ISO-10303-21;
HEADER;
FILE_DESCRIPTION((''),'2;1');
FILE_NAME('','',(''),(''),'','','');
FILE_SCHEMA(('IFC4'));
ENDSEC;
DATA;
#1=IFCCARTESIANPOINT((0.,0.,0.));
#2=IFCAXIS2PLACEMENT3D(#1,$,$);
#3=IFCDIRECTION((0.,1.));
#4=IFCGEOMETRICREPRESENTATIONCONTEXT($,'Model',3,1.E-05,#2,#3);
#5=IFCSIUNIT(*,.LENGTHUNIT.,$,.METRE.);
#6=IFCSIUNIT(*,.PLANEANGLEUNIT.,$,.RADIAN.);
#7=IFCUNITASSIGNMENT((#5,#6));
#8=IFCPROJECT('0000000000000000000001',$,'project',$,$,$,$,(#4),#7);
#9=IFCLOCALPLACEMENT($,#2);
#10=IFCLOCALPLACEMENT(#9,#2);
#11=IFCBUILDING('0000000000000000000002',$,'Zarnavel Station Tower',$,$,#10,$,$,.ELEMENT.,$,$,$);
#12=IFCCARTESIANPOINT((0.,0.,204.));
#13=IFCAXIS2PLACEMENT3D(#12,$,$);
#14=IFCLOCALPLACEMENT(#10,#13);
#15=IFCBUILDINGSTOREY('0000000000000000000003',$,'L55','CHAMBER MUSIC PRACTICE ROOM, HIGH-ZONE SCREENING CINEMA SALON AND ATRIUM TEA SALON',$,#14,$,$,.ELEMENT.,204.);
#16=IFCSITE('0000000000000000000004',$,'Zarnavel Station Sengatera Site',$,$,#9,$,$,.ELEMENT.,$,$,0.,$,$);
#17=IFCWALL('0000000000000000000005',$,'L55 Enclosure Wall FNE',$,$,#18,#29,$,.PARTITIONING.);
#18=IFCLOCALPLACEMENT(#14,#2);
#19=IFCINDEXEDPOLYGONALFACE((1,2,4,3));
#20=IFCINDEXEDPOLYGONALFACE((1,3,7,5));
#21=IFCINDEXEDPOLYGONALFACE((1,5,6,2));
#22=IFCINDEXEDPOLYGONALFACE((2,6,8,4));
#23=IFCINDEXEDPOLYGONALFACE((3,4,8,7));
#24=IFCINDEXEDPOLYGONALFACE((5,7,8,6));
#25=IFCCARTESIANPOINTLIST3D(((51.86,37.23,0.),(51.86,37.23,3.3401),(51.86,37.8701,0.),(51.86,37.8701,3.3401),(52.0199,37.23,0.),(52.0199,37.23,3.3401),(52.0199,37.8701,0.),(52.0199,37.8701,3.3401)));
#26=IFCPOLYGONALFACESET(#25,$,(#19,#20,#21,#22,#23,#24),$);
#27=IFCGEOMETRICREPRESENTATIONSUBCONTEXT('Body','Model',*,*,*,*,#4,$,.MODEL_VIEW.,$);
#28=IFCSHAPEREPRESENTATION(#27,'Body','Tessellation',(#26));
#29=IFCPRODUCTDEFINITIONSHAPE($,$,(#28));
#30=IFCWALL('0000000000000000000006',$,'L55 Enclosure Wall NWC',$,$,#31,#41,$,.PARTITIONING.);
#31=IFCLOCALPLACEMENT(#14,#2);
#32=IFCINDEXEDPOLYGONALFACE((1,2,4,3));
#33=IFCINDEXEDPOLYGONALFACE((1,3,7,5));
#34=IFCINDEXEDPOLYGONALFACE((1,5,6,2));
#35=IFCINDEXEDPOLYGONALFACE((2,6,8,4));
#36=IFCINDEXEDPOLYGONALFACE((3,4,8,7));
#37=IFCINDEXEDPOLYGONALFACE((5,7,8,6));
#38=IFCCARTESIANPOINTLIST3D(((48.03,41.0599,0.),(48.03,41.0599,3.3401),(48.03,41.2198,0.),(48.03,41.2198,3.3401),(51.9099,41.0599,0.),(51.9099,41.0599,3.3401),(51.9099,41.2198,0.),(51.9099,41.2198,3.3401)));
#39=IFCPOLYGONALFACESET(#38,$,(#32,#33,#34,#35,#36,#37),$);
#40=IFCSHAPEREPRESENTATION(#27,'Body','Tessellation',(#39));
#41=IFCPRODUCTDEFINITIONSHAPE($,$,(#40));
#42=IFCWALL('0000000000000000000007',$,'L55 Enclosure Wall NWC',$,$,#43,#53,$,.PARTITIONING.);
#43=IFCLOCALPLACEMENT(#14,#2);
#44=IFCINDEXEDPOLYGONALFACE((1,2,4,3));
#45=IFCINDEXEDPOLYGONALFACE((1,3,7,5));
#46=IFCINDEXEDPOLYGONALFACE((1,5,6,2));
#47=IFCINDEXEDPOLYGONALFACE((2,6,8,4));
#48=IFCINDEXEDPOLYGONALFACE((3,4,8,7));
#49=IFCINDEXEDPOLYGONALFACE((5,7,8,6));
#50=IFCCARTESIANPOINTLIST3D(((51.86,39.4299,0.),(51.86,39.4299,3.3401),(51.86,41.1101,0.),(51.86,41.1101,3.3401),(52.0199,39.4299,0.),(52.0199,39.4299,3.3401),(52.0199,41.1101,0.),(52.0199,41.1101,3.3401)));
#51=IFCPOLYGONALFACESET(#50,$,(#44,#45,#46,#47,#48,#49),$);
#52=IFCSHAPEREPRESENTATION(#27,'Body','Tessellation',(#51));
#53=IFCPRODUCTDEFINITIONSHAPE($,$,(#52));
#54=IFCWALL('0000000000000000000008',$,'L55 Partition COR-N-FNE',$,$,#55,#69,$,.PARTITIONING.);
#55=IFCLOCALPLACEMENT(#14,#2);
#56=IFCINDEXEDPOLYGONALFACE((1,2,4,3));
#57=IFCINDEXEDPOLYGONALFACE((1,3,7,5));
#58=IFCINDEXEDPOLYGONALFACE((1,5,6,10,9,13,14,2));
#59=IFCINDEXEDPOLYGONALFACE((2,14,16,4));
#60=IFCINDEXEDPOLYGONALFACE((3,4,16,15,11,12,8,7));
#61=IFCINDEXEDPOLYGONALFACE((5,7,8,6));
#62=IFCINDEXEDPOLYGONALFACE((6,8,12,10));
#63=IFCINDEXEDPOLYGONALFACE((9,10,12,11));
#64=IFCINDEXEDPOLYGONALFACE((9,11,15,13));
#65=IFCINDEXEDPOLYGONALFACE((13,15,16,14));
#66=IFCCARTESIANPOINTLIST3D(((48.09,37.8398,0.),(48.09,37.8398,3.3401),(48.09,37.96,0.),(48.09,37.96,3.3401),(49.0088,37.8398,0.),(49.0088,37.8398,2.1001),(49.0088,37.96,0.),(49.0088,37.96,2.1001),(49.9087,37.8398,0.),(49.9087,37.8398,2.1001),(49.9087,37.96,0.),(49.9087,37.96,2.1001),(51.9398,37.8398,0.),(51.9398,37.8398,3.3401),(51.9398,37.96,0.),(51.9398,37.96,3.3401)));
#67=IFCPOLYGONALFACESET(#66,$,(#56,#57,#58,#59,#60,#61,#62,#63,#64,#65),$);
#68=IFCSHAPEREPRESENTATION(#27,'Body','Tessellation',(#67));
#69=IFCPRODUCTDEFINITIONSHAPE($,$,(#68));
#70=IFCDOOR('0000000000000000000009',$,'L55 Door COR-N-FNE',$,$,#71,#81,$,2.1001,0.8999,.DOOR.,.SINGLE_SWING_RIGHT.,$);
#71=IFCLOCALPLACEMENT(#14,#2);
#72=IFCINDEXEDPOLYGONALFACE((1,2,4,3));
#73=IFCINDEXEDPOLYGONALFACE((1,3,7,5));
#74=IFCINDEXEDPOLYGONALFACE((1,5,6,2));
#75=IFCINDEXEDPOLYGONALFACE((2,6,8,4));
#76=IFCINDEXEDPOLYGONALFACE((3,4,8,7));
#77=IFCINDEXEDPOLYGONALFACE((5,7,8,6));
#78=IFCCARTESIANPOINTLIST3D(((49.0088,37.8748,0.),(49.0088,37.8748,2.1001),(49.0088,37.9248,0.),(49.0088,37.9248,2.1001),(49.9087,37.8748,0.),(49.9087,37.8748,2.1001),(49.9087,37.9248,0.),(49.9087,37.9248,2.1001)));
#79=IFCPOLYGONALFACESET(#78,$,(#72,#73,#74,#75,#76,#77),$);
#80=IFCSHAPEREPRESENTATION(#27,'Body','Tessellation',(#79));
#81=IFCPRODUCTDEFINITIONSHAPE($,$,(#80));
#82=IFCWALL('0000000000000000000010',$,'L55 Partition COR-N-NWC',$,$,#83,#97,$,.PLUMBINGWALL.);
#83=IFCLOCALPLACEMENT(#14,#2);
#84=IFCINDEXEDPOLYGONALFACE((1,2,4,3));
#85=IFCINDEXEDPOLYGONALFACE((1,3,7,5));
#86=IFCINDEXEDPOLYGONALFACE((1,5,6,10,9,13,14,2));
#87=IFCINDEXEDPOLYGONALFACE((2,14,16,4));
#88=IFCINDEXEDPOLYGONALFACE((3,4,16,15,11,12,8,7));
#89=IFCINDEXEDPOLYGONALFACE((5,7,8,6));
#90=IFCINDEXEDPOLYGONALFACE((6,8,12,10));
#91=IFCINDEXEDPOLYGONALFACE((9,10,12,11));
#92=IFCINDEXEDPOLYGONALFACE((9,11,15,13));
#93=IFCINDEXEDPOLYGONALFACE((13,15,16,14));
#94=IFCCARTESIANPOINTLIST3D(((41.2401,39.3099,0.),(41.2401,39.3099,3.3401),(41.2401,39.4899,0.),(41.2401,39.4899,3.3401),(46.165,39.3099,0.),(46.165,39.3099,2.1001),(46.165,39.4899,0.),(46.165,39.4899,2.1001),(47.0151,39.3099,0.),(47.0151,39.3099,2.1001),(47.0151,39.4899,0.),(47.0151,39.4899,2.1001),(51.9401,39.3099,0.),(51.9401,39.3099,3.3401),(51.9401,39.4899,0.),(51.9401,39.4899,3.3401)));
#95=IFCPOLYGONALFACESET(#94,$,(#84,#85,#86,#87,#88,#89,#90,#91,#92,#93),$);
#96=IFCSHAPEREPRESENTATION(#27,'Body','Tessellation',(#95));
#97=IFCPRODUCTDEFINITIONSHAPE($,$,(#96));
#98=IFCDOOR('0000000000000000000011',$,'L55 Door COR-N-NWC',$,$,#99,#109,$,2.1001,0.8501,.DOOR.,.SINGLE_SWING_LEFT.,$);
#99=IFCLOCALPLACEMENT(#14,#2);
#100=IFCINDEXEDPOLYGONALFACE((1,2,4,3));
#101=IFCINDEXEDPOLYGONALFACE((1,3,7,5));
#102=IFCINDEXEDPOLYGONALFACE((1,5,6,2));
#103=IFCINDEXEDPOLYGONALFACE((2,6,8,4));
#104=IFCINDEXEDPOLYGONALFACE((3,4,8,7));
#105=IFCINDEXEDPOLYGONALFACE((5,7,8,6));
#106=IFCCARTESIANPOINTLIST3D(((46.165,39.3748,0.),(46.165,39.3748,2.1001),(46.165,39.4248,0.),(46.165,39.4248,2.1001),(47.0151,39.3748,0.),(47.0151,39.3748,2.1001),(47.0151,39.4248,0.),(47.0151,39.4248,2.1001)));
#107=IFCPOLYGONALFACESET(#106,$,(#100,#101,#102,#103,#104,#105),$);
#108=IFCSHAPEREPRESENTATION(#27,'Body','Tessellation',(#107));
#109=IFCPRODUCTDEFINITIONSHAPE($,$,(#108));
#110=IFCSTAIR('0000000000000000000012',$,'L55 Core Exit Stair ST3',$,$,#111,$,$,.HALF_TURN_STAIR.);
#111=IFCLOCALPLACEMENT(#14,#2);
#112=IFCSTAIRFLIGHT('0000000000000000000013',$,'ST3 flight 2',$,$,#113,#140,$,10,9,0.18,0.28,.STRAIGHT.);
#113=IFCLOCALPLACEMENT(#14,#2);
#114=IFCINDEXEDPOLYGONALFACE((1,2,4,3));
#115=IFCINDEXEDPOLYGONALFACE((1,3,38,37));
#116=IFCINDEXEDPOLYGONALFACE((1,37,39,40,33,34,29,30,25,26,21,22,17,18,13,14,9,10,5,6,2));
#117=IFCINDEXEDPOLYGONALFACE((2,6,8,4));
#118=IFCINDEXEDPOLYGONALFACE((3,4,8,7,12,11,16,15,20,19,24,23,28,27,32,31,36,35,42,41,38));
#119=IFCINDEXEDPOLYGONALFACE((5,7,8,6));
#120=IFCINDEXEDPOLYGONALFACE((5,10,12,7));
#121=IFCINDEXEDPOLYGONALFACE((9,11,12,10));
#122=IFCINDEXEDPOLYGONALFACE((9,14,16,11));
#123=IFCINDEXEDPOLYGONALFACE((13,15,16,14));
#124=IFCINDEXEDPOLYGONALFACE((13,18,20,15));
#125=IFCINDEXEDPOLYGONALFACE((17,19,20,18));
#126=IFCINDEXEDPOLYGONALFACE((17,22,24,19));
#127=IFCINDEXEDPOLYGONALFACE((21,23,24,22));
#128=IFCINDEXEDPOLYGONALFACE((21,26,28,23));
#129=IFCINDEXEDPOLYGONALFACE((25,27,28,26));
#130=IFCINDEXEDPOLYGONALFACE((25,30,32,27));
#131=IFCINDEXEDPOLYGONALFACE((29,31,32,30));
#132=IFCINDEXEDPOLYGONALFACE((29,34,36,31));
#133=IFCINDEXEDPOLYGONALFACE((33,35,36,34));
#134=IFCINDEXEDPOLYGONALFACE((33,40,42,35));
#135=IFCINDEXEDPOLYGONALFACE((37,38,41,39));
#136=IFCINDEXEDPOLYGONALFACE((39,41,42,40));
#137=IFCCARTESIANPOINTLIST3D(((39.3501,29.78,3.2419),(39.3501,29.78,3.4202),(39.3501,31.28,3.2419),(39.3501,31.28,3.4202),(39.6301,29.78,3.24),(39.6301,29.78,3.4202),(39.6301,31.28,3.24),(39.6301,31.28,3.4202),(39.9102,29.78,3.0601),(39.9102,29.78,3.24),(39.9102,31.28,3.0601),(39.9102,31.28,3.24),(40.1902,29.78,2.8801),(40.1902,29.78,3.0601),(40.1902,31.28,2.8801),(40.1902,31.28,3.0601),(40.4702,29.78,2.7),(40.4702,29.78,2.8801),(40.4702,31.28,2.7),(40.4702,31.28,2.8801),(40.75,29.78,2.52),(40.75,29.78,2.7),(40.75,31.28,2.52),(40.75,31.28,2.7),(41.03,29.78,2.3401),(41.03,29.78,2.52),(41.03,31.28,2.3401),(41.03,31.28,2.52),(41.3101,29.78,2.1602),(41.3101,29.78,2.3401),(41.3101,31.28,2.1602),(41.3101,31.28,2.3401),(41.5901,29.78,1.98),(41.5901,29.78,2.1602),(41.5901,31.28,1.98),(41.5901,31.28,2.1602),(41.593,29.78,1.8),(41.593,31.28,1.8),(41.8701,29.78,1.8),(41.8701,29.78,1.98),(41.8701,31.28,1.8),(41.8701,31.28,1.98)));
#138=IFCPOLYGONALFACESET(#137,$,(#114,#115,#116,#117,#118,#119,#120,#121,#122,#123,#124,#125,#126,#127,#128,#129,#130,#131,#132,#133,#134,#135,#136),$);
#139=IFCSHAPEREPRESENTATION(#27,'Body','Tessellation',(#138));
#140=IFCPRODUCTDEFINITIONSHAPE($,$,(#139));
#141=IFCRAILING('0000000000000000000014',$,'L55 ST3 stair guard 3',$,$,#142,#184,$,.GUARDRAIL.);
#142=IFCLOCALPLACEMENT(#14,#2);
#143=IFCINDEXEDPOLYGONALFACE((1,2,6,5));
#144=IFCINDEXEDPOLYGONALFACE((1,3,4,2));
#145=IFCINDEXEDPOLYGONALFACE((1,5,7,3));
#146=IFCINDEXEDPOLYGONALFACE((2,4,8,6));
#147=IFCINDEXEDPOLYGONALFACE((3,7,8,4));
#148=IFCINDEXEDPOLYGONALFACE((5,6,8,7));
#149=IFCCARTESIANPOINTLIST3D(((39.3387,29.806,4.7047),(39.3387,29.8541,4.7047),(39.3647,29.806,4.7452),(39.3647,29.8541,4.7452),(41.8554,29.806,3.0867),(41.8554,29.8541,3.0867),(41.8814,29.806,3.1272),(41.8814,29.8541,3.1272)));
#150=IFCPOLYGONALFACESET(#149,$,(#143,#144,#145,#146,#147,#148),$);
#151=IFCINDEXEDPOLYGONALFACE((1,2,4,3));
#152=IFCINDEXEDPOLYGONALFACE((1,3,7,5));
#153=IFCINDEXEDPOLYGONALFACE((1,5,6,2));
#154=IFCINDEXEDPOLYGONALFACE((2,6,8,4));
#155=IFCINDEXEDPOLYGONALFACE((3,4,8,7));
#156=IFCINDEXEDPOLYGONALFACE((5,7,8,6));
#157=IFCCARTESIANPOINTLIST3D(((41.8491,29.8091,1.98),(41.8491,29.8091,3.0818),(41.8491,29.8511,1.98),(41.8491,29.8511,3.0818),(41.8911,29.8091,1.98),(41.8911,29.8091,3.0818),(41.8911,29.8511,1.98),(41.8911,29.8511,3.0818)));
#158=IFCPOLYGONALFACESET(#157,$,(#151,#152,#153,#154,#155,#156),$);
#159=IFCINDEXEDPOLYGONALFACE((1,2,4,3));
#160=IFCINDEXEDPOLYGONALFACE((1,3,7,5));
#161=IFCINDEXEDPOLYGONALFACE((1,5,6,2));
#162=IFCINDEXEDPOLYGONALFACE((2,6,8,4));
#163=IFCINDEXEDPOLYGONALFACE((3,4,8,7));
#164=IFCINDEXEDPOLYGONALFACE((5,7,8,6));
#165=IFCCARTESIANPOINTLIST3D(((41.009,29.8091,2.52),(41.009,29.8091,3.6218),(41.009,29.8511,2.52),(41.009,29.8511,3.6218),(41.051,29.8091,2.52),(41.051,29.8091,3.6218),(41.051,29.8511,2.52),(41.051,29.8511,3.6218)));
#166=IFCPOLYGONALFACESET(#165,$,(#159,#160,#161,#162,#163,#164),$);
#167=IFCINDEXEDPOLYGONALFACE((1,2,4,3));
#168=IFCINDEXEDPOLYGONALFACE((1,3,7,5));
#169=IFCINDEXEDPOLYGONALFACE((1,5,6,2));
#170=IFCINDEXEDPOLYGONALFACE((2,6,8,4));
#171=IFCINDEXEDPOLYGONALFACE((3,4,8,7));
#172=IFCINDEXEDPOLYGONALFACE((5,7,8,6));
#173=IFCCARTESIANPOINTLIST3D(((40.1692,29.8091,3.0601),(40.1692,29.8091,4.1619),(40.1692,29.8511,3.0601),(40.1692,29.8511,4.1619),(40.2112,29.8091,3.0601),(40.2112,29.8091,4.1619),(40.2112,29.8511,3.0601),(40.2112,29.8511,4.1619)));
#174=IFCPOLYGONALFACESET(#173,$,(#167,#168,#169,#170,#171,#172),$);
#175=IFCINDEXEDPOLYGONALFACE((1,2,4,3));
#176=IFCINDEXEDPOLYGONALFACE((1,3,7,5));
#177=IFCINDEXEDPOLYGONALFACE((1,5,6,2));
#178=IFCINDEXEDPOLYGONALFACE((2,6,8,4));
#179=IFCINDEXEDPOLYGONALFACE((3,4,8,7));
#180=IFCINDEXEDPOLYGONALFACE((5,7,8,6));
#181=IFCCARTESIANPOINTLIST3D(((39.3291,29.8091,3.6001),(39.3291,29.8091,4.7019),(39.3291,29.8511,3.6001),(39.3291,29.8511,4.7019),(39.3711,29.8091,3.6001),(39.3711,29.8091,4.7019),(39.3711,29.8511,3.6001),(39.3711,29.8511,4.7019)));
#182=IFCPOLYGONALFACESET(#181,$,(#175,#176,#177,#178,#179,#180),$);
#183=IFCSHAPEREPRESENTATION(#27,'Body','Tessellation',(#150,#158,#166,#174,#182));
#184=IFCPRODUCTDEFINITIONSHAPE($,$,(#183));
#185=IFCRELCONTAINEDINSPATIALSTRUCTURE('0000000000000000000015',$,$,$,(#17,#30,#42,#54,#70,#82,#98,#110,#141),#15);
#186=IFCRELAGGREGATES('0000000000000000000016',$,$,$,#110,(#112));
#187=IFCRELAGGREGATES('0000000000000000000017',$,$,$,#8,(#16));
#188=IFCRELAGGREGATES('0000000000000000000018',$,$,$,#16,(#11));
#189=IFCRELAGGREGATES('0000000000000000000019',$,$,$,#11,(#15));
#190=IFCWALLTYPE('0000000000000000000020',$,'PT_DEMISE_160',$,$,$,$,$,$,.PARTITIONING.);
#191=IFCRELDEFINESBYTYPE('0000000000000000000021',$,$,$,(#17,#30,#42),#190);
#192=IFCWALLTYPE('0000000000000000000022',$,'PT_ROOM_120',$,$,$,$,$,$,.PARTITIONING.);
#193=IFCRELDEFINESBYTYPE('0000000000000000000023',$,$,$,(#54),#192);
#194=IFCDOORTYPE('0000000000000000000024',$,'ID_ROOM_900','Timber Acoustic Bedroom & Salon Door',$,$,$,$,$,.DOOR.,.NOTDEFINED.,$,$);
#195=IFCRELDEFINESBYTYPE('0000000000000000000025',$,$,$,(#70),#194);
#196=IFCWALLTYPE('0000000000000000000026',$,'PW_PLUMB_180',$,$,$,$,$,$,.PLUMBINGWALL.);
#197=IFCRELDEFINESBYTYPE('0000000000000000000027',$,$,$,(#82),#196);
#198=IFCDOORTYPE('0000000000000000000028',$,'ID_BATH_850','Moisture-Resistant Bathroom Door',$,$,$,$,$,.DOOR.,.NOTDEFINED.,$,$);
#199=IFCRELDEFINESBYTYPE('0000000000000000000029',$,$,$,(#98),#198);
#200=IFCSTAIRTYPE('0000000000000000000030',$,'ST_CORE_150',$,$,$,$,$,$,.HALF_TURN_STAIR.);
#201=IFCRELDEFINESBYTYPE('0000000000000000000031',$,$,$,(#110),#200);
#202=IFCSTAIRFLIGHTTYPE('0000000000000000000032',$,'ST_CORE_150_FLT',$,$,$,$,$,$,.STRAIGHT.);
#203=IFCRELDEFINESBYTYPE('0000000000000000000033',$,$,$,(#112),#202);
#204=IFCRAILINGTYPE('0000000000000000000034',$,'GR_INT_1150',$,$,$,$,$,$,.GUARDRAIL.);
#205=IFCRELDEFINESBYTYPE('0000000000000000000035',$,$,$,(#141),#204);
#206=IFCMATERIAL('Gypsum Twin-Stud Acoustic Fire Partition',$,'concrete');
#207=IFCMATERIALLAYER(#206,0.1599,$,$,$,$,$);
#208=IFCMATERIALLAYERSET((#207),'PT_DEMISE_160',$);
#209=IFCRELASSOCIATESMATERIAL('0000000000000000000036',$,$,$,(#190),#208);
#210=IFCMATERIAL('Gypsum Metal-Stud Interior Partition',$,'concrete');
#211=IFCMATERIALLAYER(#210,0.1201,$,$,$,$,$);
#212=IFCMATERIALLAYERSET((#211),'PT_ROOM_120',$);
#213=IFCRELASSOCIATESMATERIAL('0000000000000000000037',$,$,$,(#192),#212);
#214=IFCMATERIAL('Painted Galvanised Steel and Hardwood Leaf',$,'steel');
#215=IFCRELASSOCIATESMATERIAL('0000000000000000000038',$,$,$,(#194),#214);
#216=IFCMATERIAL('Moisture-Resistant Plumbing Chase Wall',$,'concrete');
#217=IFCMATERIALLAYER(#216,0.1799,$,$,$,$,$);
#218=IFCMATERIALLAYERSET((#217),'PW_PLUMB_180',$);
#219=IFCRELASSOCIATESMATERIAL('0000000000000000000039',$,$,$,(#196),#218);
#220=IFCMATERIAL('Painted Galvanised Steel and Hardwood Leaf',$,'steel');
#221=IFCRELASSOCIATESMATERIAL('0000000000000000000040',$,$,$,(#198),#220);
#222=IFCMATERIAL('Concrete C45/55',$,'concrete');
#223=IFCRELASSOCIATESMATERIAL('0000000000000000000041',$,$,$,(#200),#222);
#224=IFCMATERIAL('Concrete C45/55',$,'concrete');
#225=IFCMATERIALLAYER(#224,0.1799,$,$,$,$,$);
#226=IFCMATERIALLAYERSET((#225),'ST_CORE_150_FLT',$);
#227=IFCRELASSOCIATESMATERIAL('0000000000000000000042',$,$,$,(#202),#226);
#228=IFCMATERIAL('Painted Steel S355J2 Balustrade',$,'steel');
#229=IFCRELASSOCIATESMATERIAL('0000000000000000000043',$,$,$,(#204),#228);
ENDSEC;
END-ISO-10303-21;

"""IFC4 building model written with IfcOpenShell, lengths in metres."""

from ifc_helpers import new_model, si_unit, direction, frame, frame_2d, origin, origin_2d, place, context, subcontext, project, spatial, polyline, rectangle, outline, extrude, material, layer, layer_set, type_object, element, fill, aggregate, save


model = new_model("IFC4")

# Units and contexts
model_context = context("Model", 3, precision=1e-05, world=origin(), true_north=direction((0.0, 1.0)))
body_context = subcontext(model_context, "Body", "Model", "MODEL_VIEW")
ifc_project = project(units=[si_unit("LENGTHUNIT", "METRE"), si_unit("PLANEANGLEUNIT", "RADIAN")], contexts=[model_context])

# Site, building, storey
site_placement = place(None, origin())
site = spatial("IfcSite", under=ifc_project, at=site_placement, Name="Zarnavel Station Sengatera Site", CompositionType="ELEMENT", RefElevation=0.0)
building_placement = place(site_placement, origin())
building = spatial("IfcBuilding", under=site, at=building_placement, Name="Zarnavel Station Tower", CompositionType="ELEMENT")
storey_placement = place(building_placement, frame((0.0, 0.0, 204.0)))
storey = spatial("IfcBuildingStorey", under=building, at=storey_placement, Name="L55", Description="CHAMBER MUSIC PRACTICE ROOM, HIGH-ZONE SCREENING CINEMA SALON AND ATRIUM TEA SALON", CompositionType="ELEMENT", Elevation=204.0)

# Walls
ifc_material_1 = material(Name="Gypsum Twin-Stud Acoustic Fire Partition", Category="concrete")
ifc_layer_1 = layer(ifc_material_1, 0.1599)
ifc_layer_set_1 = layer_set([ifc_layer_1], Name="PT_DEMISE_160")
wall_type_1 = type_object("IfcWallType", Name="PT_DEMISE_160", PredefinedType="PARTITIONING", material=ifc_layer_set_1)
wall_1_placement = place(storey_placement, frame((51.9399, 37.23, 0.0), z_axis=(0.0, 0.0, 1.0), x_axis=(0.0, 1.0, 0.0)))
element("IfcWall", 1, at=wall_1_placement, inside=storey, type_object=wall_type_1, Name="L55 Enclosure Wall FNE", PredefinedType="PARTITIONING", context=body_context, shape_type="SweptSolid", body=[
    extrude(rectangle(XDim=0.6401, YDim=0.1599, at=frame_2d((0.3201, 0.0))), origin(), (0.0, 0.0, 1.0), 3.3401),
])
wall_2_placement = place(storey_placement, frame((48.03, 41.1399, 0.0), z_axis=(0.0, 0.0, 1.0), x_axis=(1.0, 0.0, 0.0)))
element("IfcWall", 2, at=wall_2_placement, inside=storey, type_object=wall_type_1, Name="L55 Enclosure Wall NWC", PredefinedType="PARTITIONING", context=body_context, shape_type="SweptSolid", body=[
    extrude(rectangle(XDim=3.8799, YDim=0.1599, at=frame_2d((1.9399, 0.0))), origin(), (0.0, 0.0, 1.0), 3.3401),
])
wall_3_placement = place(storey_placement, frame((51.9399, 39.4299, 0.0), z_axis=(0.0, 0.0, 1.0), x_axis=(0.0, 1.0, 0.0)))
element("IfcWall", 3, at=wall_3_placement, inside=storey, type_object=wall_type_1, Name="L55 Enclosure Wall NWC", PredefinedType="PARTITIONING", context=body_context, shape_type="SweptSolid", body=[
    extrude(rectangle(XDim=1.6802, YDim=0.1599, at=frame_2d((0.8401, 0.0))), origin(), (0.0, 0.0, 1.0), 3.3401),
])

# Walls, openings, doors
ifc_material_2 = material(Name="Gypsum Metal-Stud Interior Partition", Category="concrete")
ifc_layer_2 = layer(ifc_material_2, 0.1201)
ifc_layer_set_2 = layer_set([ifc_layer_2], Name="PT_ROOM_120")
wall_type_2 = type_object("IfcWallType", Name="PT_ROOM_120", PredefinedType="PARTITIONING", material=ifc_layer_set_2)
wall_4_placement = place(storey_placement, frame((48.0901, 37.8999, 0.0), z_axis=(0.0, 0.0, 1.0), x_axis=(1.0, 0.0, 0.0)))
wall_4 = element("IfcWall", 4, at=wall_4_placement, inside=storey, type_object=wall_type_2, Name="L55 Partition COR-N-FNE", PredefinedType="PARTITIONING", context=body_context, shape_type="SweptSolid", body=[
    extrude(rectangle(XDim=3.8499, YDim=0.1201, at=frame_2d((1.9248, 0.0))), origin(), (0.0, 0.0, 1.0), 3.3401),
])
opening_1_placement = place(wall_4_placement, frame((0.9187, 0.0, 0.0)))
opening_1 = element("IfcOpeningElement", 5, at=opening_1_placement, cuts=wall_4, PredefinedType="OPENING", context=body_context, shape_type="SweptSolid", body=[
    extrude(rectangle(XDim=0.8999, YDim=2.1001, at=frame_2d((0.45, 1.05))), frame((0.0, 0.0701, 0.0), z_axis=(0.0, -1.0, 0.0), x_axis=(1.0, 0.0, 0.0)), (0.0, 0.0, 1.0), 0.1401),
])
ifc_material_3 = material(Name="Painted Galvanised Steel and Hardwood Leaf", Category="steel")
door_type_1 = type_object("IfcDoorType", Name="ID_ROOM_900", Description="Timber Acoustic Bedroom & Salon Door", OperationType="NOTDEFINED", PredefinedType="DOOR", material=ifc_material_3)
door_1_placement = place(opening_1_placement, origin())
door_1 = element("IfcDoor", 6, at=door_1_placement, inside=storey, type_object=door_type_1, Name="L55 Door COR-N-FNE", OperationType="SINGLE_SWING_RIGHT", OverallHeight=2.1001, OverallWidth=0.8999, PredefinedType="DOOR", context=body_context, shape_type="SweptSolid", body=[
    extrude(rectangle(XDim=0.8999, YDim=2.1001, at=frame_2d((0.45, 1.05))), frame((0.0, 0.0249, 0.0), z_axis=(0.0, -1.0, 0.0), x_axis=(1.0, 0.0, 0.0)), (0.0, 0.0, 1.0), 0.05),
])
fill(opening_1, door_1)
ifc_material_4 = material(Name="Moisture-Resistant Plumbing Chase Wall", Category="concrete")
ifc_layer_3 = layer(ifc_material_4, 0.1799)
ifc_layer_set_3 = layer_set([ifc_layer_3], Name="PW_PLUMB_180")
wall_type_3 = type_object("IfcWallType", Name="PW_PLUMB_180", PredefinedType="PLUMBINGWALL", material=ifc_layer_set_3)
wall_5_placement = place(storey_placement, frame((41.24, 39.3999, 0.0), z_axis=(0.0, 0.0, 1.0), x_axis=(1.0, 0.0, 0.0)))
wall_5 = element("IfcWall", 7, at=wall_5_placement, inside=storey, type_object=wall_type_3, Name="L55 Partition COR-N-NWC", PredefinedType="PLUMBINGWALL", context=body_context, shape_type="SweptSolid", body=[
    extrude(rectangle(XDim=10.7, YDim=0.1799, at=frame_2d((5.3501, 0.0))), origin(), (0.0, 0.0, 1.0), 3.3401),
])
opening_2_placement = place(wall_5_placement, frame((4.925, 0.0, 0.0)))
opening_2 = element("IfcOpeningElement", 8, at=opening_2_placement, cuts=wall_5, PredefinedType="OPENING", context=body_context, shape_type="SweptSolid", body=[
    extrude(rectangle(XDim=0.8501, YDim=2.1001, at=frame_2d((0.425, 1.05))), frame((0.0, 0.0999, 0.0), z_axis=(0.0, -1.0, 0.0), x_axis=(1.0, 0.0, 0.0)), (0.0, 0.0, 1.0), 0.2),
])
ifc_material_5 = material(Name="Painted Galvanised Steel and Hardwood Leaf", Category="steel")
door_type_2 = type_object("IfcDoorType", Name="ID_BATH_850", Description="Moisture-Resistant Bathroom Door", OperationType="NOTDEFINED", PredefinedType="DOOR", material=ifc_material_5)
door_2_placement = place(opening_2_placement, origin())
door_2 = element("IfcDoor", 9, at=door_2_placement, inside=storey, type_object=door_type_2, Name="L55 Door COR-N-NWC", OperationType="SINGLE_SWING_LEFT", OverallHeight=2.1001, OverallWidth=0.8501, PredefinedType="DOOR", context=body_context, shape_type="SweptSolid", body=[
    extrude(rectangle(XDim=0.8501, YDim=2.1001, at=frame_2d((0.425, 1.05))), frame((0.0, 0.0249, 0.0), z_axis=(0.0, -1.0, 0.0), x_axis=(1.0, 0.0, 0.0)), (0.0, 0.0, 1.0), 0.05),
])
fill(opening_2, door_2)

# Stair, stair flight
ifc_material_6 = material(Name="Concrete C45/55", Category="concrete")
stair_type = type_object("IfcStairType", Name="ST_CORE_150", PredefinedType="HALF_TURN_STAIR", material=ifc_material_6)
stair_placement = place(storey_placement, origin())
stair = element("IfcStair", 10, at=stair_placement, inside=storey, type_object=stair_type, Name="L55 Core Exit Stair ST3", PredefinedType="HALF_TURN_STAIR")
ifc_material_7 = material(Name="Concrete C45/55", Category="concrete")
ifc_layer_4 = layer(ifc_material_7, 0.1799)
ifc_layer_set_4 = layer_set([ifc_layer_4], Name="ST_CORE_150_FLT")
stair_flight_type = type_object("IfcStairFlightType", Name="ST_CORE_150_FLT", PredefinedType="STRAIGHT", material=ifc_layer_set_4)
stair_flight_placement = place(storey_placement, frame((41.8701, 30.53, 1.8), z_axis=(0.0, 0.0, 1.0), x_axis=(-1.0, 0.0, 0.0)))
stair_flight = element("IfcStairFlight", 11, at=stair_flight_placement, type_object=stair_flight_type, Name="ST3 flight 2", NumberOfRisers=10, NumberOfTreads=9, PredefinedType="STRAIGHT", RiserHeight=0.18, TreadLength=0.28, context=body_context, shape_type="SweptSolid", body=[
    extrude(outline(polyline([(0.0, 0.0), (0.0, 0.1799), (0.28, 0.1799), (0.28, 0.3601), (0.5601, 0.3601), (0.5601, 0.54), (0.8401, 0.54), (0.8401, 0.72), (1.1201, 0.72), (1.1201, 0.8999), (1.3999, 0.8999), (1.3999, 1.0801), (1.6799, 1.0801), (1.6799, 1.26), (1.96, 1.26), (1.96, 1.4399), (2.24, 1.4399), (2.24, 1.6201), (2.52, 1.6201), (2.52, 1.8), (2.52, 1.4419), (0.2771, 0.0), (0.0, 0.0)])), frame((0.0, 0.75, 0.0), z_axis=(0.0, -1.0, 0.0), x_axis=(1.0, 0.0, 0.0)), (0.0, 0.0, 1.0), 1.5),
])
aggregate(stair, [stair_flight])

# Railing
ifc_material_8 = material(Name="Painted Steel S355J2 Balustrade", Category="steel")
railing_type_1 = type_object("IfcRailingType", Name="GR_INT_1150", PredefinedType="GUARDRAIL", material=ifc_material_8)
railing_1_placement = place(storey_placement, frame((41.8701, 29.8301, 1.98)))
element("IfcRailing", 12, at=railing_1_placement, inside=storey, type_object=railing_type_1, Name="L55 ST3 stair guard 3", PredefinedType="GUARDRAIL", context=body_context, shape_type="SweptSolid", body=[
    extrude(rectangle(XDim=0.0481, YDim=0.0481, at=origin_2d()), frame((-0.0017, 0.0, 1.127), z_axis=(-0.841163, 0.0, 0.540782), x_axis=(0.0, -1.0, 0.0)), (0.0, 0.0, 1.0), 2.9919),
    extrude(rectangle(XDim=0.042, YDim=0.042, at=origin_2d()), origin(), (0.0, 0.0, 1.0), 1.1018),
    extrude(rectangle(XDim=0.042, YDim=0.042, at=origin_2d()), frame((-0.8401, 0.0, 0.54)), (0.0, 0.0, 1.0), 1.1018),
    extrude(rectangle(XDim=0.042, YDim=0.042, at=origin_2d()), frame((-1.6799, 0.0, 1.0801)), (0.0, 0.0, 1.0), 1.1018),
    extrude(rectangle(XDim=0.042, YDim=0.042, at=origin_2d()), frame((-2.52, 0.0, 1.6201)), (0.0, 0.0, 1.0), 1.1018),
])

save(model, "model.ifc")
